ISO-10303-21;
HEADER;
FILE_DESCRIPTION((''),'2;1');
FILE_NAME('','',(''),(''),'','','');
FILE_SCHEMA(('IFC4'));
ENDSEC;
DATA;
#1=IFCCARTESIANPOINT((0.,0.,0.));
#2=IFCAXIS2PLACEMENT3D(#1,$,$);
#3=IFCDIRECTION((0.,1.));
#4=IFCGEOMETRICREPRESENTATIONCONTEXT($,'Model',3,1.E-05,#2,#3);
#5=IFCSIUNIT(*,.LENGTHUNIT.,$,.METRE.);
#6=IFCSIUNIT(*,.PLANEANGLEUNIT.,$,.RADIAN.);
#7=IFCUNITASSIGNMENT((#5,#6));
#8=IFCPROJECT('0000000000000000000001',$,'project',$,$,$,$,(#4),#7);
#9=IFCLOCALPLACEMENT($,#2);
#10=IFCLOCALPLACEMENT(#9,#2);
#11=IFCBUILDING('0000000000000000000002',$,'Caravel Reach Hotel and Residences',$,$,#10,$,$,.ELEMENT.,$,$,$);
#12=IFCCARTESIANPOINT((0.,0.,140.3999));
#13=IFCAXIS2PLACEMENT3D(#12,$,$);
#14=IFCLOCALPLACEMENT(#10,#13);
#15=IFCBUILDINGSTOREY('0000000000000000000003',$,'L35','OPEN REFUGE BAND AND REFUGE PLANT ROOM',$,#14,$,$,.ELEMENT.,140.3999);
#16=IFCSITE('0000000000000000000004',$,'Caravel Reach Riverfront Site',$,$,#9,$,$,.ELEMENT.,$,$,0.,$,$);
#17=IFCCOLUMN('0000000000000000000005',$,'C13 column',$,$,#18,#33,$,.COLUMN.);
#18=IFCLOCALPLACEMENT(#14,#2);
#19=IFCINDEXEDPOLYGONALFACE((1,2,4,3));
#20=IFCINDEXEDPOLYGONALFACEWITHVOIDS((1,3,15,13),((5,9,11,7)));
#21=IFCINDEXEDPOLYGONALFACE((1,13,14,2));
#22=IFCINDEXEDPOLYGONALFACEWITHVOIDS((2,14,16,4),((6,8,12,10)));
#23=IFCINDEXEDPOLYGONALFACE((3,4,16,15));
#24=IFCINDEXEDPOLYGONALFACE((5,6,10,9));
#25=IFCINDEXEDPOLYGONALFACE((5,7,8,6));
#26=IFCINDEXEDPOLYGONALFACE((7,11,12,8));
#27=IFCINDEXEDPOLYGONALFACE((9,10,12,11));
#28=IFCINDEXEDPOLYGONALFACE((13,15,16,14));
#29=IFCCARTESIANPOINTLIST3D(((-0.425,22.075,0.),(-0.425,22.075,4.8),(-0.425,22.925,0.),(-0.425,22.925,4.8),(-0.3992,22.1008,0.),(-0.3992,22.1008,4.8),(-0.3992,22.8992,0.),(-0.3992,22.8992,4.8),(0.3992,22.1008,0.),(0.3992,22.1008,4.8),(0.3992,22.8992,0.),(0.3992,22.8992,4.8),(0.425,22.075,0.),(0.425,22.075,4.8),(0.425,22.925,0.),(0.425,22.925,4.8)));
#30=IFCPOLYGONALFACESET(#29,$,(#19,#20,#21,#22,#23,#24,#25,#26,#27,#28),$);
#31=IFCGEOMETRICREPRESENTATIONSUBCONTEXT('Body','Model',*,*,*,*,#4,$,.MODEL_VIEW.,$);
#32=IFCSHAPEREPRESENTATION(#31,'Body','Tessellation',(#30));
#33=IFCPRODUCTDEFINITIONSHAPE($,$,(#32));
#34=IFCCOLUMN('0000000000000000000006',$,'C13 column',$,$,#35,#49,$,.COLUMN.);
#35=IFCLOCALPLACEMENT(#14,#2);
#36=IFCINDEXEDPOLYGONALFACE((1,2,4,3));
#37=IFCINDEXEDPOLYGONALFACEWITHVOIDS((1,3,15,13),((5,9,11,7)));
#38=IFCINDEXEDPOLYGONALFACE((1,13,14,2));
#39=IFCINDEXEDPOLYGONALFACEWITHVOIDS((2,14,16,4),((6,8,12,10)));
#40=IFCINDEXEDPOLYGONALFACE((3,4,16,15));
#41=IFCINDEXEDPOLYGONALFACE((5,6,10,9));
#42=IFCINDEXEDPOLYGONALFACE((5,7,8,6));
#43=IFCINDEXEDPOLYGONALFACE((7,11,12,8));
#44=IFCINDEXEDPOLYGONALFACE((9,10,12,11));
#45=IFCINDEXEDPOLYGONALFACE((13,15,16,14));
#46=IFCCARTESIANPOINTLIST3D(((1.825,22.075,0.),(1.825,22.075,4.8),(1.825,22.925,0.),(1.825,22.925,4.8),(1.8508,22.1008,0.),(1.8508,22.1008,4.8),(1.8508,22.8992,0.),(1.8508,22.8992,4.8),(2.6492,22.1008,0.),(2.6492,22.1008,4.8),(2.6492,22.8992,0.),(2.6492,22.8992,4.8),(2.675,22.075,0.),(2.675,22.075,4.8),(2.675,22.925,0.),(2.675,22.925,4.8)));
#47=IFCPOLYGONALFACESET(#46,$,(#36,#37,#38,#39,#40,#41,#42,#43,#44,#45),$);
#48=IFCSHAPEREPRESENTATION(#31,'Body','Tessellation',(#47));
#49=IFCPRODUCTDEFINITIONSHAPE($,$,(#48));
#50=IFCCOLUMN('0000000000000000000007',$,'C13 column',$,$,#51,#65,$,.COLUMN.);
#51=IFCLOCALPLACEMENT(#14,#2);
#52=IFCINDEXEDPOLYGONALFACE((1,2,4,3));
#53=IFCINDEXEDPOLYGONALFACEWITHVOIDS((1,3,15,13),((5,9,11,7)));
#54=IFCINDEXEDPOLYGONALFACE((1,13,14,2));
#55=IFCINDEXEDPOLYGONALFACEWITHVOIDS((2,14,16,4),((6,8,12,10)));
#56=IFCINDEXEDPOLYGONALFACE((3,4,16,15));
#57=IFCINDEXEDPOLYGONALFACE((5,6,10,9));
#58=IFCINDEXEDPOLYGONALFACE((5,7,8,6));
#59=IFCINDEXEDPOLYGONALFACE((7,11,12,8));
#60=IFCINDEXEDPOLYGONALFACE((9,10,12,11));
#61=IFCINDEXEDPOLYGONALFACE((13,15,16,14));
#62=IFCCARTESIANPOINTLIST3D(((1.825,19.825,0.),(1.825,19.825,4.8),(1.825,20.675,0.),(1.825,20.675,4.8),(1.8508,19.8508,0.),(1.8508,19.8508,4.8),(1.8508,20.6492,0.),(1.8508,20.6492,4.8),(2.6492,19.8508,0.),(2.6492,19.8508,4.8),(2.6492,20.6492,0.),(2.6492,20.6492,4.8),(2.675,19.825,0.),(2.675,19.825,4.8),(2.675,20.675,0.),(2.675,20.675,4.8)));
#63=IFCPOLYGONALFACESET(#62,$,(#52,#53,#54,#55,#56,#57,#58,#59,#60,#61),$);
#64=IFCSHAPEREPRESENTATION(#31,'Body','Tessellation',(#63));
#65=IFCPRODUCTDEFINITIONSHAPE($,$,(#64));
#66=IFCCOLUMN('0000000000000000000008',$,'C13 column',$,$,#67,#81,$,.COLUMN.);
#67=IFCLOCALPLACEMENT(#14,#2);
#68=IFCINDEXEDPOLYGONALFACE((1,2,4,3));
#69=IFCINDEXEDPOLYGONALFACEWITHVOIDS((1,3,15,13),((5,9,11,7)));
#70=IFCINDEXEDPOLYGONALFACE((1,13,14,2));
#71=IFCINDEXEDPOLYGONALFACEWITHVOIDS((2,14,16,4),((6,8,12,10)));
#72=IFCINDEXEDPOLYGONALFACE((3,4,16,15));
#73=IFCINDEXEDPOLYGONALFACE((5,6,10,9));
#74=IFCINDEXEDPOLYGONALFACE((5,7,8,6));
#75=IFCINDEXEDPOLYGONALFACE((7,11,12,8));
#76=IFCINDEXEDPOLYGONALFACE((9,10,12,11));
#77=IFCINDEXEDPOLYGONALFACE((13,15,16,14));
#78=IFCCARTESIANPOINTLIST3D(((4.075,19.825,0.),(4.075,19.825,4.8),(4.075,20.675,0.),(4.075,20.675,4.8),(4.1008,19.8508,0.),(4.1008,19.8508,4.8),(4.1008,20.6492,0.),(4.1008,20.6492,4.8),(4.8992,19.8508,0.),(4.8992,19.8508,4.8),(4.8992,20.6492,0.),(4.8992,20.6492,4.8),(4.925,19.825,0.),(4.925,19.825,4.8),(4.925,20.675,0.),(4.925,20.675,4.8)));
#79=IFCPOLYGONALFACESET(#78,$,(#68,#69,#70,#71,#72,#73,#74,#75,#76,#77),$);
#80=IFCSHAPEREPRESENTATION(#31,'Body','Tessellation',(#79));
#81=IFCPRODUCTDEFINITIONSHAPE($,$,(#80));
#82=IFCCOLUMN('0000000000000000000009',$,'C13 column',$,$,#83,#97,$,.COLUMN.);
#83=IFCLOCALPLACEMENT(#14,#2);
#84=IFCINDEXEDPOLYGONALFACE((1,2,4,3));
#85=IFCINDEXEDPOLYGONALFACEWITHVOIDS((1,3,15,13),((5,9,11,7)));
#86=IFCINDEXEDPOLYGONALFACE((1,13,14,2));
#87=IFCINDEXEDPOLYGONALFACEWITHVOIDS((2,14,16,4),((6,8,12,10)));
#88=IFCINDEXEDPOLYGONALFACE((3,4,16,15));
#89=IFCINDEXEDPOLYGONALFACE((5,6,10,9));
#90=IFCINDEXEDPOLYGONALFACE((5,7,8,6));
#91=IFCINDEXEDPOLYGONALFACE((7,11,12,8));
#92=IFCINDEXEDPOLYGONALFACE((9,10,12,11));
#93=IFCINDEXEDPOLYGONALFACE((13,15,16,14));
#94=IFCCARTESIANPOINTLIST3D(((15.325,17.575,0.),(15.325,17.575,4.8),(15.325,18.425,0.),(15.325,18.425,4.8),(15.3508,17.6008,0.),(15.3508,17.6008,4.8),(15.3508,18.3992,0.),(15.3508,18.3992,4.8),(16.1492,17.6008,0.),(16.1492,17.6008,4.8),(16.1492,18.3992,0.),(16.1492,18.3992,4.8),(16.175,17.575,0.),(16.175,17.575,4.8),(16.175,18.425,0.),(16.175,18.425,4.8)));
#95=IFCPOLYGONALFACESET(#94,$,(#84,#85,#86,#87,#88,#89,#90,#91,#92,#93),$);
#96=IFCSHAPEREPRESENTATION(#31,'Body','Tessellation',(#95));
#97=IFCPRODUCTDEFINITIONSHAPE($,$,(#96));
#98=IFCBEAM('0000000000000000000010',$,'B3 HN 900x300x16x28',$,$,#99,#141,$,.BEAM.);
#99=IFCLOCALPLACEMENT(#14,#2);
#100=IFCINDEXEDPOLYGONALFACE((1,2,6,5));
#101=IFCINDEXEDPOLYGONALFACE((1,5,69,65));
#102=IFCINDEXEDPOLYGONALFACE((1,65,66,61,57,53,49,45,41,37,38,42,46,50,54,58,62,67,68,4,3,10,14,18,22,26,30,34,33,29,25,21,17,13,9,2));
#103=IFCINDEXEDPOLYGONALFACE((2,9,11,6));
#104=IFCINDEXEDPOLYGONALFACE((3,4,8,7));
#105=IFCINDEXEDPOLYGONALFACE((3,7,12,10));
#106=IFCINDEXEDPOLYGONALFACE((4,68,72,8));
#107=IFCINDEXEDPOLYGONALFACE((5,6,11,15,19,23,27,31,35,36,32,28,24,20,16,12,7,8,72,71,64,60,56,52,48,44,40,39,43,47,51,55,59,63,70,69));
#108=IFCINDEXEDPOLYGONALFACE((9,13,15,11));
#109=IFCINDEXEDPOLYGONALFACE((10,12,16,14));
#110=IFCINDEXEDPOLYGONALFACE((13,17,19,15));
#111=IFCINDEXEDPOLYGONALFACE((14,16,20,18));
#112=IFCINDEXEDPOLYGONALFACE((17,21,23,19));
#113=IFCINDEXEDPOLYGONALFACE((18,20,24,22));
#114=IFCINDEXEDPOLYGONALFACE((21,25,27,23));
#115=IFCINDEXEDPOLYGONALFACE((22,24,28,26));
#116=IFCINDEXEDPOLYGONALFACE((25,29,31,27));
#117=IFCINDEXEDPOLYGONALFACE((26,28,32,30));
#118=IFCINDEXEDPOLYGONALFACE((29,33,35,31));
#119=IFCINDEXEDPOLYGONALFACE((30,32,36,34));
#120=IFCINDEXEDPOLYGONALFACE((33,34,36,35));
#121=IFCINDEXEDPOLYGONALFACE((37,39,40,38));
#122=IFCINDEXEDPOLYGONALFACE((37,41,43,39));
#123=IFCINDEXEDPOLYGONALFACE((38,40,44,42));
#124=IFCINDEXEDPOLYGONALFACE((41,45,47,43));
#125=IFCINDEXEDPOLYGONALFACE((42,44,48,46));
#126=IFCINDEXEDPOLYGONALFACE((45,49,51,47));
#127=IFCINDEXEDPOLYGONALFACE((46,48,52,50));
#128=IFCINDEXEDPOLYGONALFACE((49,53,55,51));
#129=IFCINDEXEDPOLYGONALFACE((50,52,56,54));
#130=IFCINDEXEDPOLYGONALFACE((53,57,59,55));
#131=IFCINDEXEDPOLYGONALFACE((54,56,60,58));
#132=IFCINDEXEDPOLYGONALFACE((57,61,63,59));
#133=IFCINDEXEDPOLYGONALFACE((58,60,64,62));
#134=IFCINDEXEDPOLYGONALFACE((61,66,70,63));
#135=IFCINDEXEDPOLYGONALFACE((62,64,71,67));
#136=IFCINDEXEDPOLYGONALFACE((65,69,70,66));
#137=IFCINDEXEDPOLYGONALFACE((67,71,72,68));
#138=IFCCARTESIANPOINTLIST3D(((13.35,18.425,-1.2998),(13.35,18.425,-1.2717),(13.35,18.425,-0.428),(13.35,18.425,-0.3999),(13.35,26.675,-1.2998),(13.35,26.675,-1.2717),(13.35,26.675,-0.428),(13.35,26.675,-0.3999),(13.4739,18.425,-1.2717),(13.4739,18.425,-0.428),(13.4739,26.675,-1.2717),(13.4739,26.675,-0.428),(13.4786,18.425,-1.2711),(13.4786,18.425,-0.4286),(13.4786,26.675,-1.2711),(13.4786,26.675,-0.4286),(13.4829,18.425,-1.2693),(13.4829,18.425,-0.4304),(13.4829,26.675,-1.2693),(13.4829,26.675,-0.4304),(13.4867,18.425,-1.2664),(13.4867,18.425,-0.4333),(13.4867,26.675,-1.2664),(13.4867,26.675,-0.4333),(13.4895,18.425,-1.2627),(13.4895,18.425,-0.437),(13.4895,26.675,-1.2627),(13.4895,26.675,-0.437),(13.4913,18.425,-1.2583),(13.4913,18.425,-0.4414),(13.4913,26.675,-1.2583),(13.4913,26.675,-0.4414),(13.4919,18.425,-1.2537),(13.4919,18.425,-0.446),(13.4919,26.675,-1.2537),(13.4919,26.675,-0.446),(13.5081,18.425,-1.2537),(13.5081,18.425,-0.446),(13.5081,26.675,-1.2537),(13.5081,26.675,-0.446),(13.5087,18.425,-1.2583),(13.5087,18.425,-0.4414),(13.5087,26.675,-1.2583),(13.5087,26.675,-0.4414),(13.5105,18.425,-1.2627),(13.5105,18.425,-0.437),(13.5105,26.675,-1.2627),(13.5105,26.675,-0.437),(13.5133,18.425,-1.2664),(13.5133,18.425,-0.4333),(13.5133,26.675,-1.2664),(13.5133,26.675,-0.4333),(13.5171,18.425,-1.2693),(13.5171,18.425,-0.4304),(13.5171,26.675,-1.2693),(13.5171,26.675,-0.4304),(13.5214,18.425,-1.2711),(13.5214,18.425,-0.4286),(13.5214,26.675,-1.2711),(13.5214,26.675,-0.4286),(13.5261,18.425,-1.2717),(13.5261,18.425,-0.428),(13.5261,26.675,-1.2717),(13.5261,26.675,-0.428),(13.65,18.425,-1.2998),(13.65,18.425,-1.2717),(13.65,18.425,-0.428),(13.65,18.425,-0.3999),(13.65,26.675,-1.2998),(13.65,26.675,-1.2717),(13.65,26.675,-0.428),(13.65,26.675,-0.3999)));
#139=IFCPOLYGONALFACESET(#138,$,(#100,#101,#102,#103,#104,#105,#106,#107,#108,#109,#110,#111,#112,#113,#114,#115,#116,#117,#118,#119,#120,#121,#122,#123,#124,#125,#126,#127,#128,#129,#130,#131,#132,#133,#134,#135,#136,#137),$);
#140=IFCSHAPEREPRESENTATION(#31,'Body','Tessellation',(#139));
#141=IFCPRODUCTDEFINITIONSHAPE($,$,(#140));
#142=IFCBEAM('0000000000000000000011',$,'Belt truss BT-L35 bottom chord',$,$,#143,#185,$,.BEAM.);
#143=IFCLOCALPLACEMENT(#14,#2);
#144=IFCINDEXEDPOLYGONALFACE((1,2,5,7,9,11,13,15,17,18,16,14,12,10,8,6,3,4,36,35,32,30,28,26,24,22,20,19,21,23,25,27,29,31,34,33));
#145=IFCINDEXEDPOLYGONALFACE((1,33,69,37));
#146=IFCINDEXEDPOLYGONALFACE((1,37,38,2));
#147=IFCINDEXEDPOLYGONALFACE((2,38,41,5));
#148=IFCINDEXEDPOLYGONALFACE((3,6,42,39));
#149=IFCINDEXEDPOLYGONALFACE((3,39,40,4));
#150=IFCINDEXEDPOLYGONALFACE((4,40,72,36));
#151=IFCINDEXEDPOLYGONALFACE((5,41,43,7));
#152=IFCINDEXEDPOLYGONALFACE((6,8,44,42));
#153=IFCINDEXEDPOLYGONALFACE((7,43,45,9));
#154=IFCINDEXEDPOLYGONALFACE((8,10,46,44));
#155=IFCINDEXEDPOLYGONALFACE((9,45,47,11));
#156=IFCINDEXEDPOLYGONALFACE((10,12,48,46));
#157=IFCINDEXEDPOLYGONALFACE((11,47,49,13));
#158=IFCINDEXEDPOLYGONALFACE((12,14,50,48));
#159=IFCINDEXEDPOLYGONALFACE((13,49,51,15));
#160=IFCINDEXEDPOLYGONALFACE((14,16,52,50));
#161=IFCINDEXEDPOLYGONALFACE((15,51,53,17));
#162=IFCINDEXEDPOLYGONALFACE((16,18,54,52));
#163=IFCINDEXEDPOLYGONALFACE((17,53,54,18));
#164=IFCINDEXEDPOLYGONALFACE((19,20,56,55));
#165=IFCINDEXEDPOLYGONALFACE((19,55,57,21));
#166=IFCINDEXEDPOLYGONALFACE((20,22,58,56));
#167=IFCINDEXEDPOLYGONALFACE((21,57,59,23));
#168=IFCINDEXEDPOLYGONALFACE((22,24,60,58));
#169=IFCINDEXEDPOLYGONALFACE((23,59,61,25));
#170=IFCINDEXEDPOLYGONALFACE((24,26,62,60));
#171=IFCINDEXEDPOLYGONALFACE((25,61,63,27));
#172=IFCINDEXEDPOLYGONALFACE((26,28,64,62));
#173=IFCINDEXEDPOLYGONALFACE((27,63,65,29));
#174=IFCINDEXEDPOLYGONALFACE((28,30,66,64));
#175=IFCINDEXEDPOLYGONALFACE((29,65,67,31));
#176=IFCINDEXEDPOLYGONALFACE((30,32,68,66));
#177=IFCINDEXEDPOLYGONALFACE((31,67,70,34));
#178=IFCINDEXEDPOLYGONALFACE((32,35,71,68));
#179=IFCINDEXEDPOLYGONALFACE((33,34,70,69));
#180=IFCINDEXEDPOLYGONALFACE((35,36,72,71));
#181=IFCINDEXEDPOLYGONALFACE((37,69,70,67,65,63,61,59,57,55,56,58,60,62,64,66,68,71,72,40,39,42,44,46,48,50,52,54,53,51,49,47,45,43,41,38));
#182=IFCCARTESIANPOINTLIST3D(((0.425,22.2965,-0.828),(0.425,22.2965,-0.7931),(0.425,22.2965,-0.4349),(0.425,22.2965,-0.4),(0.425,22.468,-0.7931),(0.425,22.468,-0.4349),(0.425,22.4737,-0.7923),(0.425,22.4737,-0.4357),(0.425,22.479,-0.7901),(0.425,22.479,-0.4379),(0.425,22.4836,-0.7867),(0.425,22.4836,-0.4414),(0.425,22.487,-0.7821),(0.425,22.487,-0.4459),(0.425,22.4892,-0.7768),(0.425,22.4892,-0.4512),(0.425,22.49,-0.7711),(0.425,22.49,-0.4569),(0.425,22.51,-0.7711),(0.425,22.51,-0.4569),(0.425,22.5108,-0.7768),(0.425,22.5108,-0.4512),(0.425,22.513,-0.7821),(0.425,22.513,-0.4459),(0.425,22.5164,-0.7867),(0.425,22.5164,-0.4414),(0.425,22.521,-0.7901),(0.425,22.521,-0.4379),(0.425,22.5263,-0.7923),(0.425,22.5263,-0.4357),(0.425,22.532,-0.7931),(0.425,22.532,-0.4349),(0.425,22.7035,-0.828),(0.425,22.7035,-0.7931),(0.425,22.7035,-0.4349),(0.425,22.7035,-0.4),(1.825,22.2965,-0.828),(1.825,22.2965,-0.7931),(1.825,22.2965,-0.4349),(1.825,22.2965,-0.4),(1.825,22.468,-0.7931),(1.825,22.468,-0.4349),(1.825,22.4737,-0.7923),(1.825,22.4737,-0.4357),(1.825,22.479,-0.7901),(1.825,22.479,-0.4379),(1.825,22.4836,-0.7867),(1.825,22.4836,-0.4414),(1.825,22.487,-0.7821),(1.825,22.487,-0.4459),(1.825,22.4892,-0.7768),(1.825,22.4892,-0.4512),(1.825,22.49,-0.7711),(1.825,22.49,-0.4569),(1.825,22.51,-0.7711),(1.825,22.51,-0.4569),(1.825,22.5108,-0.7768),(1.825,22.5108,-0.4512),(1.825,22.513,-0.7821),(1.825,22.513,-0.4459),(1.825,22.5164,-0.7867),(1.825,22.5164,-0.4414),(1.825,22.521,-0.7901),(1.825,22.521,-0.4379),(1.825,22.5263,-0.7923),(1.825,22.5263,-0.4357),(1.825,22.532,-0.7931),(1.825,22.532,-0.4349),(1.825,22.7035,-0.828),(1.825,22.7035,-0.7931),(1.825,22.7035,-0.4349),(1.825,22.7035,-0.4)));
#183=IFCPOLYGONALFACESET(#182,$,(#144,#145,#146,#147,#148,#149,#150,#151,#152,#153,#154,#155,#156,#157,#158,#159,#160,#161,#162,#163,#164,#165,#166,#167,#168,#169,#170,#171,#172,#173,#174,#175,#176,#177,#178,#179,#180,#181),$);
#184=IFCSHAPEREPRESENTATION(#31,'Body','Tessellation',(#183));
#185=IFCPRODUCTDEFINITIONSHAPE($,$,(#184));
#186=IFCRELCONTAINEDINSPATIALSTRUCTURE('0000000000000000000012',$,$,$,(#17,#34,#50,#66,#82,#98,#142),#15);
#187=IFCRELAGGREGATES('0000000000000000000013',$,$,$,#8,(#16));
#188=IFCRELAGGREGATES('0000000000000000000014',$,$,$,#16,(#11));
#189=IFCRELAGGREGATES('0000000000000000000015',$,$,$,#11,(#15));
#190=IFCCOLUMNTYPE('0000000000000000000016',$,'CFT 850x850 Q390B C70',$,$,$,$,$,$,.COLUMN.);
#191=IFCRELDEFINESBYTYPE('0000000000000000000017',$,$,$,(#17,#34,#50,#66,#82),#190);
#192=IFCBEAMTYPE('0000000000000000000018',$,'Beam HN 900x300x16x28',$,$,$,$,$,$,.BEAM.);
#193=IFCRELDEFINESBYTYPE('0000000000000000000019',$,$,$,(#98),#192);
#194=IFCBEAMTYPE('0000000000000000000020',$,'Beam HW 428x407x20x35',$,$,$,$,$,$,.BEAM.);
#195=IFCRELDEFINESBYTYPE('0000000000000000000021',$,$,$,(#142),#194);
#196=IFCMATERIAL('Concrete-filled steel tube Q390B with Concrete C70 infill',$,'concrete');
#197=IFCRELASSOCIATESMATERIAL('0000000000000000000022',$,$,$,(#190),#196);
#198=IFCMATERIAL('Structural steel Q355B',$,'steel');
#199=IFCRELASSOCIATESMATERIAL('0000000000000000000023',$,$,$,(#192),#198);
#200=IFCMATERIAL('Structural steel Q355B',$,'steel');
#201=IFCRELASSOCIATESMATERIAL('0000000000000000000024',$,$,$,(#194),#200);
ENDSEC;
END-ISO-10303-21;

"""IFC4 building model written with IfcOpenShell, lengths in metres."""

from ifc_helpers import new_model, si_unit, direction, frame, origin, origin_2d, place, context, subcontext, project, spatial, hollow_rectangle, i_section, extrude, material, material_profile, profile_set, type_object, element, save


model = new_model("IFC4")

# Units and contexts
model_context = context("Model", 3, precision=1e-05, world=origin(), true_north=direction((0.0, 1.0)))
body_context = subcontext(model_context, "Body", "Model", "MODEL_VIEW")
ifc_project = project(units=[si_unit("LENGTHUNIT", "METRE"), si_unit("PLANEANGLEUNIT", "RADIAN")], contexts=[model_context])

# Site, building, storey
site_placement = place(None, origin())
site = spatial("IfcSite", under=ifc_project, at=site_placement, Name="Caravel Reach Riverfront Site", CompositionType="ELEMENT", RefElevation=0.0)
building_placement = place(site_placement, origin())
building = spatial("IfcBuilding", under=site, at=building_placement, Name="Caravel Reach Hotel and Residences", CompositionType="ELEMENT")
storey_placement = place(building_placement, frame((0.0, 0.0, 140.3999)))
storey = spatial("IfcBuildingStorey", under=building, at=storey_placement, Name="L35", Description="OPEN REFUGE BAND AND REFUGE PLANT ROOM", CompositionType="ELEMENT", Elevation=140.3999)

# Columns
ifc_material_1 = material(Name="Concrete-filled steel tube Q390B with Concrete C70 infill", Category="concrete")
ifc_material_profile_1 = material_profile(ifc_material_1, hollow_rectangle(XDim=0.8501, YDim=0.8501, WallThickness=0.0259, at=origin_2d()), Name="RHS 850x850x26")
ifc_profile_set_1 = profile_set([ifc_material_profile_1], Name="Concrete-filled steel tube Q390B with Concrete C70 infill")
column_type = type_object("IfcColumnType", Name="CFT 850x850 Q390B C70", PredefinedType="COLUMN", material=ifc_profile_set_1)
for number, where, z_axis, x_axis, name in (
    (1, (0.0, 22.5, 0.0), (0.0, 0.0, 1.0), (1.0, 0.0, 0.0), "C13 column"),
    (2, (2.25, 22.5, 0.0), (0.0, 0.0, 1.0), (1.0, 0.0, 0.0), "C13 column"),
    (3, (2.25, 20.25, 0.0), (0.0, 0.0, 1.0), (1.0, 0.0, 0.0), "C13 column"),
    (4, (4.5, 20.25, 0.0), (0.0, 0.0, 1.0), (1.0, 0.0, 0.0), "C13 column"),
    (5, (15.75, 18.0, 0.0), (0.0, 0.0, 1.0), (1.0, 0.0, 0.0), "C13 column"),
):
    element("IfcColumn", number, at=place(storey_placement, frame(where, z_axis=z_axis, x_axis=x_axis)), inside=storey, type_object=column_type, Name=name, PredefinedType="COLUMN", context=body_context, shape_type="SweptSolid", body=[
        extrude(hollow_rectangle(XDim=0.8501, YDim=0.8501, WallThickness=0.0259, at=origin_2d()), origin(), (0.0, 0.0, 1.0), 4.8),
    ])

# Beams
ifc_material_2 = material(Name="Structural steel Q355B", Category="steel")
ifc_material_profile_2 = material_profile(ifc_material_2, i_section(OverallWidth=0.3, OverallDepth=0.8999, WebThickness=0.0161, FlangeThickness=0.0281, FilletRadius=0.0181, at=origin_2d()), Name="HN 900x300x16x28")
ifc_profile_set_2 = profile_set([ifc_material_profile_2], Name="Structural steel Q355B")
beam_type_1 = type_object("IfcBeamType", Name="Beam HN 900x300x16x28", PredefinedType="BEAM", material=ifc_profile_set_2)
beam_placement = place(storey_placement, frame((13.5, 18.425, -0.8499), z_axis=(0.0, 1.0, 0.0), x_axis=(-1.0, 0.0, 0.0)))
element("IfcBeam", 6, at=beam_placement, inside=storey, type_object=beam_type_1, Name="B3 HN 900x300x16x28", PredefinedType="BEAM", context=body_context, shape_type="SweptSolid", body=[
    extrude(i_section(OverallWidth=0.3, OverallDepth=0.8999, WebThickness=0.0161, FlangeThickness=0.0281, FilletRadius=0.0181, at=origin_2d()), origin(), (0.0, 0.0, 1.0), 8.25),
])
ifc_material_3 = material(Name="Structural steel Q355B", Category="steel")
ifc_material_profile_3 = material_profile(ifc_material_3, i_section(OverallWidth=0.407, OverallDepth=0.428, WebThickness=0.02, FlangeThickness=0.0349, FilletRadius=0.022, at=origin_2d()), Name="HW 428x407x20x35")
ifc_profile_set_3 = profile_set([ifc_material_profile_3], Name="Structural steel Q355B")
beam_type_2 = type_object("IfcBeamType", Name="Beam HW 428x407x20x35", PredefinedType="BEAM", material=ifc_profile_set_3)
for number, where, z_axis, x_axis, name in (
    (7, (0.425, 22.5, -0.614), (1.0, 0.0, 0.0), (0.0, 1.0, 0.0), "Belt truss BT-L35 bottom chord"),
):
    element("IfcBeam", number, at=place(storey_placement, frame(where, z_axis=z_axis, x_axis=x_axis)), inside=storey, type_object=beam_type_2, Name=name, PredefinedType="BEAM", context=body_context, shape_type="SweptSolid", body=[
        extrude(i_section(OverallWidth=0.407, OverallDepth=0.428, WebThickness=0.02, FlangeThickness=0.0349, FilletRadius=0.022, at=origin_2d()), origin(), (0.0, 0.0, 1.0), 1.3999),
    ])

save(model, "model.ifc")
